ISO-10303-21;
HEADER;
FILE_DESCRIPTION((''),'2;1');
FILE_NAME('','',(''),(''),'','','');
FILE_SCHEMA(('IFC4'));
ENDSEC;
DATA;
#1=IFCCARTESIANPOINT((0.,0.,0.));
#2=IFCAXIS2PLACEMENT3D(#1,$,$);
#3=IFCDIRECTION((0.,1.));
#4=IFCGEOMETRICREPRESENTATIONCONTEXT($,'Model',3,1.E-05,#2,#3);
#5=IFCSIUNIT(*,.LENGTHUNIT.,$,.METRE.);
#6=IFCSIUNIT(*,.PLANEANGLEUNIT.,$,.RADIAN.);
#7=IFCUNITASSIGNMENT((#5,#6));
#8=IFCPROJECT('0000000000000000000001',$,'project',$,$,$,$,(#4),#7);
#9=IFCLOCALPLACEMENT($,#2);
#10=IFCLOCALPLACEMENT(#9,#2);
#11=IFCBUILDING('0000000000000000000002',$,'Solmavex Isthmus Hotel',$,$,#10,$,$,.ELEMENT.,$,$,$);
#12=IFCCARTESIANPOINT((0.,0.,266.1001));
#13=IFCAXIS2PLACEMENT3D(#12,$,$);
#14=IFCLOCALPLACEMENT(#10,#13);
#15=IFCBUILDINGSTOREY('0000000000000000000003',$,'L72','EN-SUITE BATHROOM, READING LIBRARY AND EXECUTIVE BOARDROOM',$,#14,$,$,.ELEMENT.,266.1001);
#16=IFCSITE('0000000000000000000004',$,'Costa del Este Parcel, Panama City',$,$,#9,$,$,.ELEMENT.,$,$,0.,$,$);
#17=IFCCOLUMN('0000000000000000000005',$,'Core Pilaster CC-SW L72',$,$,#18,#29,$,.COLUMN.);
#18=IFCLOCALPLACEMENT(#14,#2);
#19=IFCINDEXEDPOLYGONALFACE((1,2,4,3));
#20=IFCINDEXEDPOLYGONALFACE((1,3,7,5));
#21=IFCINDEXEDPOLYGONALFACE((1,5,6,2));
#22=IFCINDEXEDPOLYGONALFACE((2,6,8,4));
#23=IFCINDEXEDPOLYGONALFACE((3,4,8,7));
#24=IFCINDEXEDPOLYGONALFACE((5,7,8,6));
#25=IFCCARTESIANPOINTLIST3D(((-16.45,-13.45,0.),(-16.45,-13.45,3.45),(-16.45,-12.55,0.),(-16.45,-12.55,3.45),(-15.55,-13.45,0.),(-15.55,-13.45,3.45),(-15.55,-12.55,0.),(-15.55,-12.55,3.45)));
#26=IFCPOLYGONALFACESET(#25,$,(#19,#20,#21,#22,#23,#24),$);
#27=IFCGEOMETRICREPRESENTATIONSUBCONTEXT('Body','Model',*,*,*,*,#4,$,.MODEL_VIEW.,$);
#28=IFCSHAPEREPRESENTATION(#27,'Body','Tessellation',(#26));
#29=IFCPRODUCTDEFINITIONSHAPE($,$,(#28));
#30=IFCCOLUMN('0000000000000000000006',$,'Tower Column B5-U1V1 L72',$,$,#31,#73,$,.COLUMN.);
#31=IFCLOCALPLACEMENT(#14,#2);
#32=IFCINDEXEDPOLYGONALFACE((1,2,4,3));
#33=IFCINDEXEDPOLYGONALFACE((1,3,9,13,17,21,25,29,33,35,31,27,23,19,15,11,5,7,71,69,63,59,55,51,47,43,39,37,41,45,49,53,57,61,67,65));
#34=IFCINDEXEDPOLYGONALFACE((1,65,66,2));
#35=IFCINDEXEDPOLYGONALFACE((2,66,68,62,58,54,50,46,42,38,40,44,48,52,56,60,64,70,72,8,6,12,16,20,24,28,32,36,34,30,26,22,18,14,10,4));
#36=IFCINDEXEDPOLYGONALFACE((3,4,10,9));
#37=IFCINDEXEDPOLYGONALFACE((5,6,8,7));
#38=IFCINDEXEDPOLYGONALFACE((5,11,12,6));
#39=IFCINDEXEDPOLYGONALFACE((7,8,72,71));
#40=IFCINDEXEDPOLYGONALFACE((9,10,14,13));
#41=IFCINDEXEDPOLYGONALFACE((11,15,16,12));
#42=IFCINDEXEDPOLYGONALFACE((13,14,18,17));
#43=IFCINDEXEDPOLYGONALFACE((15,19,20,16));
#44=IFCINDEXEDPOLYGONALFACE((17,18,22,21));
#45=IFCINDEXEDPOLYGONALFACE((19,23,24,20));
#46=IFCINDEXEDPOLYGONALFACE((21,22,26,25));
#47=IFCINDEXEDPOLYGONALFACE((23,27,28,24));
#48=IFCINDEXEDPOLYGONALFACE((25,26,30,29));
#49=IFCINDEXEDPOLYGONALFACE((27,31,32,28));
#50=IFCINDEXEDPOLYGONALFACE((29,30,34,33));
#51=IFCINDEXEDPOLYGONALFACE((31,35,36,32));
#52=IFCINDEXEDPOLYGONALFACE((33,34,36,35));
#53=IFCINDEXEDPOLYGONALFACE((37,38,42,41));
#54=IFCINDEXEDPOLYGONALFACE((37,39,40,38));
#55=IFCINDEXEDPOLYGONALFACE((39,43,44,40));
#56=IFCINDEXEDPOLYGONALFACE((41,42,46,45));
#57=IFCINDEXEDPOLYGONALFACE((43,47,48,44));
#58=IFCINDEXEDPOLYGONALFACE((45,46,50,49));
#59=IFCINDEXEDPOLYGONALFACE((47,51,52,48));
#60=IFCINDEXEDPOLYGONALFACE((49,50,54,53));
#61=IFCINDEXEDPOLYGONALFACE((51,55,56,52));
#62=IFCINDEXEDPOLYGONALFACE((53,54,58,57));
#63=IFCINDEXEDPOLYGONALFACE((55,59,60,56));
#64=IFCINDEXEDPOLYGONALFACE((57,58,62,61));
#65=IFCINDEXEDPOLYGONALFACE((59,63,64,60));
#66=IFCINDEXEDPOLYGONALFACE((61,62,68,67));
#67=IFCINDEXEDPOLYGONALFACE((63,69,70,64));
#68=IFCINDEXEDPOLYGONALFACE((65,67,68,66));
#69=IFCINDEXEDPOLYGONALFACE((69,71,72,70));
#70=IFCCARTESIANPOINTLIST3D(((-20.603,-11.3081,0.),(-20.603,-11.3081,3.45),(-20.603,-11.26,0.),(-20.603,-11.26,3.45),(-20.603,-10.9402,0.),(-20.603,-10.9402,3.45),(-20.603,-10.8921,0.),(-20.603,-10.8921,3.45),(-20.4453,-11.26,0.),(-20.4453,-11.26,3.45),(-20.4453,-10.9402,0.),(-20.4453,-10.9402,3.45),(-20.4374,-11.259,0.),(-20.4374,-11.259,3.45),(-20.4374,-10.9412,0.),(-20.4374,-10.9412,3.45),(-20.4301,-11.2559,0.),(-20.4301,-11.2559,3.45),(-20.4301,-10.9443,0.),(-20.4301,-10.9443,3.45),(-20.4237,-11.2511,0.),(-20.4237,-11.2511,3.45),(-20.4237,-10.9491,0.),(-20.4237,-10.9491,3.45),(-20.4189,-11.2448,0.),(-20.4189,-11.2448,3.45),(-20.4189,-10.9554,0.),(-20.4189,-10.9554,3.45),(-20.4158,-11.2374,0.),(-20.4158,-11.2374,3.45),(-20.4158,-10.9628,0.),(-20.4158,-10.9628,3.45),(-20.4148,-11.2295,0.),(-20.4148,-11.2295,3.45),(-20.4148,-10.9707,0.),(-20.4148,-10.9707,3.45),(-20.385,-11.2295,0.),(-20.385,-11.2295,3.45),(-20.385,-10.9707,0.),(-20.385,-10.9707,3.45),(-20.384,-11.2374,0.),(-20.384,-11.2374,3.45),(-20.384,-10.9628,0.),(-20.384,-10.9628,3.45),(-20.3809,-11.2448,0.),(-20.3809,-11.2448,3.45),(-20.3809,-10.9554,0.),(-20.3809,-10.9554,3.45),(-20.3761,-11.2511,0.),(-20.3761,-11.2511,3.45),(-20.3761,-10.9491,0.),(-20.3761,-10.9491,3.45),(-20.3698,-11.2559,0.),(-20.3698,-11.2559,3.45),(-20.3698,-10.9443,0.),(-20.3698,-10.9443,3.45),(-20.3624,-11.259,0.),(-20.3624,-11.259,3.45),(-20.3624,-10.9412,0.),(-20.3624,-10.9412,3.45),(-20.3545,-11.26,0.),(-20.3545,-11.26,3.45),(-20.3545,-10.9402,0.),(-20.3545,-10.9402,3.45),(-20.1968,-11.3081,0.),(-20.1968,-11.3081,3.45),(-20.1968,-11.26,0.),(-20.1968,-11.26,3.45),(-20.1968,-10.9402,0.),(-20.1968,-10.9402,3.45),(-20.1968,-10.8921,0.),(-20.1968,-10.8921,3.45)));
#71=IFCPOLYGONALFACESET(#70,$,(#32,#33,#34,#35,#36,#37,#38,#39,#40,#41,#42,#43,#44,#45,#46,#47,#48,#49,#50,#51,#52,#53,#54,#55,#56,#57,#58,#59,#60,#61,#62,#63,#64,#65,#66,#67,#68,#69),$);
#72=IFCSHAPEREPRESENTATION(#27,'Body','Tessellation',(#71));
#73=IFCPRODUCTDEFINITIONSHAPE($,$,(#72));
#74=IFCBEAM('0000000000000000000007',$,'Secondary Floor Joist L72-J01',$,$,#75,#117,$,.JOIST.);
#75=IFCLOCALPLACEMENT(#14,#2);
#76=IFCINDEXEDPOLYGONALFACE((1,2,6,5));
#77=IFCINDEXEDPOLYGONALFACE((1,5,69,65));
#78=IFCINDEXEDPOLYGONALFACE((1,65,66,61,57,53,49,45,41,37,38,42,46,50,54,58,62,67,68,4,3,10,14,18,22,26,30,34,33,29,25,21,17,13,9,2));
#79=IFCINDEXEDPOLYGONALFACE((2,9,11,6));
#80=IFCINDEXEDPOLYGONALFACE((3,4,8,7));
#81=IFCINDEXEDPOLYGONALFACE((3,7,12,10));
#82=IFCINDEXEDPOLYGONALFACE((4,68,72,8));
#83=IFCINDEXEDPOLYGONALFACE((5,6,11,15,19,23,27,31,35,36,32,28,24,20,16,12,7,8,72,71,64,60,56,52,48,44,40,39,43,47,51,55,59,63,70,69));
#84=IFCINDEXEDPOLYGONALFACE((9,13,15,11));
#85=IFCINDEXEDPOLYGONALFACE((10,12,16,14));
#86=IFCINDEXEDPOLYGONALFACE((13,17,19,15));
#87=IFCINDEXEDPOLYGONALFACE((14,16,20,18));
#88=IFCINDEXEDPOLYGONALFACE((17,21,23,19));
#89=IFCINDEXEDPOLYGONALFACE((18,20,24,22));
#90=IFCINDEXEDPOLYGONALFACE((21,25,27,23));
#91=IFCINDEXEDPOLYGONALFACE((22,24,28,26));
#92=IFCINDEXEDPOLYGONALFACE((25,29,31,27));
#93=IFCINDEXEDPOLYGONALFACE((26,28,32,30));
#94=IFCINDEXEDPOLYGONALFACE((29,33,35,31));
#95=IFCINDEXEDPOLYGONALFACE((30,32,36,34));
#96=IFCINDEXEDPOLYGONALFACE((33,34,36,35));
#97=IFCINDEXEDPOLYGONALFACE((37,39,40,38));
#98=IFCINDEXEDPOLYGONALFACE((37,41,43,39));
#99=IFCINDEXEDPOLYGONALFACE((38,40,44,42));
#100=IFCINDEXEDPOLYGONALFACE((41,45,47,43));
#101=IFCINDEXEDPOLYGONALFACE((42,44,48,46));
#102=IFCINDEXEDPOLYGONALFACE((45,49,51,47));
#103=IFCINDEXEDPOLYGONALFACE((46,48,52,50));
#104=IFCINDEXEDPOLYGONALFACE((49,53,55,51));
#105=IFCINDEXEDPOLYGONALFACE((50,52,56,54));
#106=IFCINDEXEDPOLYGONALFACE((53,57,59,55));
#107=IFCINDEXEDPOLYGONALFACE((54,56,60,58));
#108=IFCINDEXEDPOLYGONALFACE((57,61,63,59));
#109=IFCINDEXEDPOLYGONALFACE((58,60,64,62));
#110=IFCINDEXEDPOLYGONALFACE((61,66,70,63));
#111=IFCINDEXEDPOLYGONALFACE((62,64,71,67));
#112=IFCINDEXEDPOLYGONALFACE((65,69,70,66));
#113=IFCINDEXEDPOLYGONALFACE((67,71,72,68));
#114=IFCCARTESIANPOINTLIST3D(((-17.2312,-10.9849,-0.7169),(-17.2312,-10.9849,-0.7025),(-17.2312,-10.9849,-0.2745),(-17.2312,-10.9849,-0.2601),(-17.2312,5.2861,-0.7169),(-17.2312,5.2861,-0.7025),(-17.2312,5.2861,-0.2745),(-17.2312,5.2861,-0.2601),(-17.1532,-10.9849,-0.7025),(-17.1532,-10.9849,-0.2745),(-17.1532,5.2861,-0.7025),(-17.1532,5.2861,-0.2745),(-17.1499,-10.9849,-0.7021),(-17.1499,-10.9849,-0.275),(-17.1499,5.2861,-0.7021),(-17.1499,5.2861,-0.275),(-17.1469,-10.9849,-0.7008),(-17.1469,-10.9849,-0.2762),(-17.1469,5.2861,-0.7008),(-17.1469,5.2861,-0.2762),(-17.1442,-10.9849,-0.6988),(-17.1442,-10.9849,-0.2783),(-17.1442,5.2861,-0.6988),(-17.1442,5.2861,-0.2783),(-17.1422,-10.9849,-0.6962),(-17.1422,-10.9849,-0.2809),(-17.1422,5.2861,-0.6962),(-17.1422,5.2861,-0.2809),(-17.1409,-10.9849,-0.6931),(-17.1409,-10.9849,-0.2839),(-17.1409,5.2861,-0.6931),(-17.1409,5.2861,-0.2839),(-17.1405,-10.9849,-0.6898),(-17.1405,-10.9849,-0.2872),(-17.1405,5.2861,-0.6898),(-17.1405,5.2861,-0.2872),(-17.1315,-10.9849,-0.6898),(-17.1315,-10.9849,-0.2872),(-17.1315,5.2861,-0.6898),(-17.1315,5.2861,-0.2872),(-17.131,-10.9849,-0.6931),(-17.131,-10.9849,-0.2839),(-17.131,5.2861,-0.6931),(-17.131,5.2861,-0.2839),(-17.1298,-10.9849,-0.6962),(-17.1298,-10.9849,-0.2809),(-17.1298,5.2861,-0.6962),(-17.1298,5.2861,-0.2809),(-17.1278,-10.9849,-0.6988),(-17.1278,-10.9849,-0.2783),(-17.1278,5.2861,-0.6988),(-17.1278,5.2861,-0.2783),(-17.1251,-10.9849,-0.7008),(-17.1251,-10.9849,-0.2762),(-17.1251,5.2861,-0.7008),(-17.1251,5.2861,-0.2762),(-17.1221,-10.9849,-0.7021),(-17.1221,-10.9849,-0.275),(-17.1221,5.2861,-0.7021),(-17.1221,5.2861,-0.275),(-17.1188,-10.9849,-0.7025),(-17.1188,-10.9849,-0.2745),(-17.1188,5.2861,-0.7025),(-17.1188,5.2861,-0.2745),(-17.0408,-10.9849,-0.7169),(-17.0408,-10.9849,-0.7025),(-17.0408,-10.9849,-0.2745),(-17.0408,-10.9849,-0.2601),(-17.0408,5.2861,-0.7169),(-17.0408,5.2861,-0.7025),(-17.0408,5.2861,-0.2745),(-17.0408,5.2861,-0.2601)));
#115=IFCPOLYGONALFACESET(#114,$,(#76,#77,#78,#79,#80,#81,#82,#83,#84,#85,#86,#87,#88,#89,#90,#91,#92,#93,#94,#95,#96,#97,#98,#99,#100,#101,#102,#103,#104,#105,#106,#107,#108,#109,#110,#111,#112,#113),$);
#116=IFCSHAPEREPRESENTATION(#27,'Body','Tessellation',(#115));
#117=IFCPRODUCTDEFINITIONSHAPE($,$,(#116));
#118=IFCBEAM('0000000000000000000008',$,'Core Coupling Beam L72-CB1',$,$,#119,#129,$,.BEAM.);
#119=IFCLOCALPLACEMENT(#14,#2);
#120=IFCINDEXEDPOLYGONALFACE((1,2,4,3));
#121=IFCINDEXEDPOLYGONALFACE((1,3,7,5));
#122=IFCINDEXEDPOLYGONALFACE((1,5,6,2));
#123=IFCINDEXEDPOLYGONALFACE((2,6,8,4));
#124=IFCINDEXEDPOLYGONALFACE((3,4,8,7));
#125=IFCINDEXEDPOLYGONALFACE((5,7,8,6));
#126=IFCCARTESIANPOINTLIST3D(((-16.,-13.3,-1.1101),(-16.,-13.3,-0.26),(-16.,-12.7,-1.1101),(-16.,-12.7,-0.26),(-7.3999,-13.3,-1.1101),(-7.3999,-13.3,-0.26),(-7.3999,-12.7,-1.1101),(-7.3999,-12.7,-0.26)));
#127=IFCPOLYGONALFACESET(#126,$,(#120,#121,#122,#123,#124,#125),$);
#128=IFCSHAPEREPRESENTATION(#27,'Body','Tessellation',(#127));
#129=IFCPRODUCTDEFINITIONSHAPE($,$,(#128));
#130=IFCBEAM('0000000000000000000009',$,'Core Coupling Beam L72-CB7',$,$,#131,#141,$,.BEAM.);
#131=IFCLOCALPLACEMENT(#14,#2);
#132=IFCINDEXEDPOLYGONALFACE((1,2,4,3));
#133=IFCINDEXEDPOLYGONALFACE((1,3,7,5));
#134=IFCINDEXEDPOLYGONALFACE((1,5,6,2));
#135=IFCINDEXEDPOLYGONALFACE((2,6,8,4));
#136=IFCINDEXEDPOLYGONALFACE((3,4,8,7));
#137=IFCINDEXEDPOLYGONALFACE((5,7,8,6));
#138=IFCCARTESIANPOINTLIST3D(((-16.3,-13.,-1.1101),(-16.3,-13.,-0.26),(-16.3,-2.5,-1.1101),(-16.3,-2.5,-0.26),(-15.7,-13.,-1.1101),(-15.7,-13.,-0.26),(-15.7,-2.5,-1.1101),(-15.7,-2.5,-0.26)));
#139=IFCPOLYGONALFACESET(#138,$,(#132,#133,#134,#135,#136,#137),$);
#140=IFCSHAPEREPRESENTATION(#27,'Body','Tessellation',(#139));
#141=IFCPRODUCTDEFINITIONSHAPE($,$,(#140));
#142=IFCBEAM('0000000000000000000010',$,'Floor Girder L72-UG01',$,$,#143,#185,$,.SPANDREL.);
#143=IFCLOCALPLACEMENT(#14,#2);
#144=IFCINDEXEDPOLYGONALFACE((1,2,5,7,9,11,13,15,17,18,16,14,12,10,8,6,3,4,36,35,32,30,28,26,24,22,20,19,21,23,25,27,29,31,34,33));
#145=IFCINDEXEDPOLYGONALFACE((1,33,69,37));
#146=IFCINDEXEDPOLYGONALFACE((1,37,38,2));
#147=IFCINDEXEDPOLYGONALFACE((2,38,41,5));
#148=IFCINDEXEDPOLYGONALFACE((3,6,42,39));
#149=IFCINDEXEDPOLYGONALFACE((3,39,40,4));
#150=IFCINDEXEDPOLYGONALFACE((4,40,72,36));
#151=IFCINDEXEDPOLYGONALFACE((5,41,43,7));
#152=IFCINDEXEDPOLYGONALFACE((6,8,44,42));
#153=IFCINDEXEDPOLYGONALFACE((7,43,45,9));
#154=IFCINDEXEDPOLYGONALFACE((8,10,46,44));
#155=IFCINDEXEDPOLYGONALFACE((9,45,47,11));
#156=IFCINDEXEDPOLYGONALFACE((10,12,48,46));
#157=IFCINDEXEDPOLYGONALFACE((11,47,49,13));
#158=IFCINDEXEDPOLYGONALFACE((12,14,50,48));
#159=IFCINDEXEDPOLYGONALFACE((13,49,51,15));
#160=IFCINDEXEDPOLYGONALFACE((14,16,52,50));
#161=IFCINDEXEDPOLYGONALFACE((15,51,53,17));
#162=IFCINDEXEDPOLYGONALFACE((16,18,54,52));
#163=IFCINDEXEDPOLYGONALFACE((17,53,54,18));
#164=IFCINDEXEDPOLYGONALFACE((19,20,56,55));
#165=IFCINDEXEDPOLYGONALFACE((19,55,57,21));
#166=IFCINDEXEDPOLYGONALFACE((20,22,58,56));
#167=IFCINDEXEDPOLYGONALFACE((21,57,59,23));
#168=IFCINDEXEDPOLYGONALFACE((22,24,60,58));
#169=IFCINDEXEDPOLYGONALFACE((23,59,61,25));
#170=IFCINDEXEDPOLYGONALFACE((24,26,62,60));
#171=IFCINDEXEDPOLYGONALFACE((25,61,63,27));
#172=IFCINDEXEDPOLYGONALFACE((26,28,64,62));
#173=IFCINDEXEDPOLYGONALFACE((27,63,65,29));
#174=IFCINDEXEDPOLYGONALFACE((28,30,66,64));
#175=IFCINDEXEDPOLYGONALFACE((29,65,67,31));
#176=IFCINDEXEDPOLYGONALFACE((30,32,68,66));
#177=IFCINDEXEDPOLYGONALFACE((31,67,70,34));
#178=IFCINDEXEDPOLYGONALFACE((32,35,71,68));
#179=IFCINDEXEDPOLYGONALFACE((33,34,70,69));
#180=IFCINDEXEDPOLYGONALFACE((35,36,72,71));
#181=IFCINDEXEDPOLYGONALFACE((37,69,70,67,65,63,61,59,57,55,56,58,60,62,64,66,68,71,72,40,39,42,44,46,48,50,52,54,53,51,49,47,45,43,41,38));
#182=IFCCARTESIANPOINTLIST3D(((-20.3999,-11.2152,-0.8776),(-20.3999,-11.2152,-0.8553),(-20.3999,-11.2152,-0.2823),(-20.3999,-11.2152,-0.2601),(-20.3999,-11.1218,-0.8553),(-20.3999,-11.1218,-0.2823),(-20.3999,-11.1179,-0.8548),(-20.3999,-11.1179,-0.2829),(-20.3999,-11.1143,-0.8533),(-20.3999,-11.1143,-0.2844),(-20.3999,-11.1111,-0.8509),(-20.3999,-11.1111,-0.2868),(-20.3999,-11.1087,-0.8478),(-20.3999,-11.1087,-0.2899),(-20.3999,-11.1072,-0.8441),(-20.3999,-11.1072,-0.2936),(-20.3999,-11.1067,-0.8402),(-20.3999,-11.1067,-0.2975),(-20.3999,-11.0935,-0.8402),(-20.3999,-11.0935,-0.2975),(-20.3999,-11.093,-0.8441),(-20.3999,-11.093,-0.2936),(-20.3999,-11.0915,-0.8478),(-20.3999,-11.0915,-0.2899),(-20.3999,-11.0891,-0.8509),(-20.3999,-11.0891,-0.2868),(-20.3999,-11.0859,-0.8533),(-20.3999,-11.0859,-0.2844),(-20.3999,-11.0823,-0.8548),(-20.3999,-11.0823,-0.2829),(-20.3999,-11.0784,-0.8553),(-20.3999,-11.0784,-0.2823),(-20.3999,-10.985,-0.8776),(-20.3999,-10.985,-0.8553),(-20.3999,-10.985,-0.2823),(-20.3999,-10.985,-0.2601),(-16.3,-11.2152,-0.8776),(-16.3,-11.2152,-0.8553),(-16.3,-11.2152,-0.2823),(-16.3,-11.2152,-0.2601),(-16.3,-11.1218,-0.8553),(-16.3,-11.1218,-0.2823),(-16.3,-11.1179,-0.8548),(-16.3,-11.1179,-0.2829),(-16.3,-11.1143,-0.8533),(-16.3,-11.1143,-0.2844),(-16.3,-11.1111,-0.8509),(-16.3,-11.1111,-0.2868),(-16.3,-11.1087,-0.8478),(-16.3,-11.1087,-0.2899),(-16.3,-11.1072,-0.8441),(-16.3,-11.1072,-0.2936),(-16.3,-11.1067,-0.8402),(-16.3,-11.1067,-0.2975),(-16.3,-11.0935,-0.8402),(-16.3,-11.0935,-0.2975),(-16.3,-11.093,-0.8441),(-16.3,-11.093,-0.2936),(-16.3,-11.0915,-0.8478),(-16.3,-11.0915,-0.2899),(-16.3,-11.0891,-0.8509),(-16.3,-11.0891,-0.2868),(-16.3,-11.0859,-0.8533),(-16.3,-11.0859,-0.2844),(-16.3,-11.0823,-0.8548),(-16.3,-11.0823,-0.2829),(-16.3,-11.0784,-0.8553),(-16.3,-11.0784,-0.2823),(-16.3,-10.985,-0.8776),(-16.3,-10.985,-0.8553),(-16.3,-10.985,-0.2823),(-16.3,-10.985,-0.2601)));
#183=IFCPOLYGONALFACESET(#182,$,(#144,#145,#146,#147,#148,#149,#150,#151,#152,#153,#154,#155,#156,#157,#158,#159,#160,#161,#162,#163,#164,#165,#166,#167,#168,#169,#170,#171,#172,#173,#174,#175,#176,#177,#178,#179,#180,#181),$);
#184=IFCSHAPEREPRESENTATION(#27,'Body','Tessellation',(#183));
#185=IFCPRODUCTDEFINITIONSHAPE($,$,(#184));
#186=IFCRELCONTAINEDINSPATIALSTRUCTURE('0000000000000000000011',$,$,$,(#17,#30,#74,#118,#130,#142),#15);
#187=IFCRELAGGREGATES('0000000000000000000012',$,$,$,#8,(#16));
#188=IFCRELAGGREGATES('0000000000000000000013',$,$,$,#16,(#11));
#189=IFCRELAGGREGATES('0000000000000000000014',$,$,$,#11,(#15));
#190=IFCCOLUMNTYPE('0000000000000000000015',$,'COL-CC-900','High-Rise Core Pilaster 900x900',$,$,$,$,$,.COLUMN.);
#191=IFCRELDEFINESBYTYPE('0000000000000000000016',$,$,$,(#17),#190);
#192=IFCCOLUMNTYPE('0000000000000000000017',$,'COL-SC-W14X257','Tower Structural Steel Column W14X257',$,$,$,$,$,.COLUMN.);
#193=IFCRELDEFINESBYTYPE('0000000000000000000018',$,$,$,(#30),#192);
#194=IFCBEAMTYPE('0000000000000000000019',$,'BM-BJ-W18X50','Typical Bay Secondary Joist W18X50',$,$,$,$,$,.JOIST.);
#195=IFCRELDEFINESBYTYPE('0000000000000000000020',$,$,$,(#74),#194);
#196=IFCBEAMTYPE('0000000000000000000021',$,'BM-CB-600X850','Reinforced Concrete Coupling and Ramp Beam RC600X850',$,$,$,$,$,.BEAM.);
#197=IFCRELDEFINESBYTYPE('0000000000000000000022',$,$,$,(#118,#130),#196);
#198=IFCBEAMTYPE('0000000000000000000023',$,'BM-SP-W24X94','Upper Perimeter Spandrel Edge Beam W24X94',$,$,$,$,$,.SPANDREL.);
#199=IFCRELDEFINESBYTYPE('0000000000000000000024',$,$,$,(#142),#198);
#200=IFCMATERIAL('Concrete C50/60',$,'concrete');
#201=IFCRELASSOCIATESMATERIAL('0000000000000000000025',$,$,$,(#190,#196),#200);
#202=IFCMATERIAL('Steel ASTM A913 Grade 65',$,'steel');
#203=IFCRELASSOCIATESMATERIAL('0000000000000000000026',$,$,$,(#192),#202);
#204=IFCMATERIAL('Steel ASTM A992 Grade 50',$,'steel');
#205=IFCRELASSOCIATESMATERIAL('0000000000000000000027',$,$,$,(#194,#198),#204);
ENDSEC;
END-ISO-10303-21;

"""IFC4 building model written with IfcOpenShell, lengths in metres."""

from ifc_helpers import new_model, si_unit, direction, frame, origin, origin_2d, place, context, subcontext, project, spatial, rectangle, i_section, extrude, material, material_profile, profile_set, type_object, element, save


model = new_model("IFC4")

# Units and contexts
model_context = context("Model", 3, precision=1e-05, world=origin(), true_north=direction((0.0, 1.0)))
body_context = subcontext(model_context, "Body", "Model", "MODEL_VIEW")
ifc_project = project(units=[si_unit("LENGTHUNIT", "METRE"), si_unit("PLANEANGLEUNIT", "RADIAN")], contexts=[model_context])

# Site, building, storey
site_placement = place(None, origin())
site = spatial("IfcSite", under=ifc_project, at=site_placement, Name="Costa del Este Parcel, Panama City", CompositionType="ELEMENT", RefElevation=0.0)
building_placement = place(site_placement, origin())
building = spatial("IfcBuilding", under=site, at=building_placement, Name="Solmavex Isthmus Hotel", CompositionType="ELEMENT")
storey_placement = place(building_placement, frame((0.0, 0.0, 266.1001)))
storey = spatial("IfcBuildingStorey", under=building, at=storey_placement, Name="L72", Description="EN-SUITE BATHROOM, READING LIBRARY AND EXECUTIVE BOARDROOM", CompositionType="ELEMENT", Elevation=266.1001)

# Columns
ifc_material_1 = material(Name="Concrete C50/60", Category="concrete")
ifc_material_profile_1 = material_profile(ifc_material_1, rectangle(XDim=0.8999, YDim=0.8999, at=origin_2d()), Name="RC900X900")
ifc_profile_set_1 = profile_set([ifc_material_profile_1], Name="Concrete C50/60")
column_type_1 = type_object("IfcColumnType", Name="COL-CC-900", Description="High-Rise Core Pilaster 900x900", PredefinedType="COLUMN", material=ifc_profile_set_1)
column_1_placement = place(storey_placement, frame((-16.0, -13.0, 0.0), z_axis=(0.0, 0.0, 1.0), x_axis=(1.0, 0.0, 0.0)))
element("IfcColumn", 1, at=column_1_placement, inside=storey, type_object=column_type_1, Name="Core Pilaster CC-SW L72", PredefinedType="COLUMN", context=body_context, shape_type="SweptSolid", body=[
    extrude(rectangle(XDim=0.8999, YDim=0.8999, at=origin_2d()), origin(), (0.0, 0.0, 1.0), 3.45),
])
ifc_material_2 = material(Name="Steel ASTM A913 Grade 65", Category="steel")
ifc_material_profile_2 = material_profile(ifc_material_2, i_section(OverallWidth=0.4062, OverallDepth=0.416, WebThickness=0.0298, FlangeThickness=0.0481, FilletRadius=0.0305, at=origin_2d()), Name="W14X257")
ifc_profile_set_2 = profile_set([ifc_material_profile_2], Name="Steel ASTM A913 Grade 65")
column_type_2 = type_object("IfcColumnType", Name="COL-SC-W14X257", Description="Tower Structural Steel Column W14X257", PredefinedType="COLUMN", material=ifc_profile_set_2)
column_2_placement = place(storey_placement, frame((-20.3999, -11.1001, 0.0), z_axis=(0.0, 0.0, 1.0), x_axis=(1.0, 0.0, 0.0)))
element("IfcColumn", 2, at=column_2_placement, inside=storey, type_object=column_type_2, Name="Tower Column B5-U1V1 L72", PredefinedType="COLUMN", context=body_context, shape_type="SweptSolid", body=[
    extrude(i_section(OverallWidth=0.4062, OverallDepth=0.416, WebThickness=0.0298, FlangeThickness=0.0481, FilletRadius=0.0305, at=origin_2d()), origin(), (0.0, 0.0, 1.0), 3.45),
])

# Beams
ifc_material_3 = material(Name="Steel ASTM A992 Grade 50", Category="steel")
ifc_material_profile_3 = material_profile(ifc_material_3, i_section(OverallWidth=0.1904, OverallDepth=0.4568, WebThickness=0.009, FlangeThickness=0.0144, FilletRadius=0.0127, at=origin_2d()), Name="W18X50")
ifc_profile_set_3 = profile_set([ifc_material_profile_3], Name="Steel ASTM A992 Grade 50")
beam_type_1 = type_object("IfcBeamType", Name="BM-BJ-W18X50", Description="Typical Bay Secondary Joist W18X50", PredefinedType="JOIST", material=ifc_profile_set_3)
beam_1_placement = place(storey_placement, frame((-17.136, -10.9849, -0.4885), z_axis=(0.0, 1.0, 0.0), x_axis=(-1.0, 0.0, 0.0)))
element("IfcBeam", 3, at=beam_1_placement, inside=storey, type_object=beam_type_1, Name="Secondary Floor Joist L72-J01", PredefinedType="JOIST", context=body_context, shape_type="SweptSolid", body=[
    extrude(i_section(OverallWidth=0.1904, OverallDepth=0.4568, WebThickness=0.009, FlangeThickness=0.0144, FilletRadius=0.0127, at=origin_2d()), origin(), (0.0, 0.0, 1.0), 16.271),
])
ifc_material_profile_4 = material_profile(ifc_material_1, rectangle(XDim=0.6001, YDim=0.8501, at=origin_2d()), Name="RC600X850")
ifc_profile_set_4 = profile_set([ifc_material_profile_4], Name="Concrete C50/60")
beam_type_2 = type_object("IfcBeamType", Name="BM-CB-600X850", Description="Reinforced Concrete Coupling and Ramp Beam RC600X850", PredefinedType="BEAM", material=ifc_profile_set_4)
beam_2_placement = place(storey_placement, frame((-16.0, -13.0, -0.6851), z_axis=(1.0, 0.0, 0.0), x_axis=(0.0, 1.0, 0.0)))
element("IfcBeam", 4, at=beam_2_placement, inside=storey, type_object=beam_type_2, Name="Core Coupling Beam L72-CB1", PredefinedType="BEAM", context=body_context, shape_type="SweptSolid", body=[
    extrude(rectangle(XDim=0.6001, YDim=0.8501, at=origin_2d()), origin(), (0.0, 0.0, 1.0), 8.6001),
])
beam_3_placement = place(storey_placement, frame((-16.0, -13.0, -0.6851), z_axis=(0.0, 1.0, 0.0), x_axis=(-1.0, 0.0, 0.0)))
element("IfcBeam", 5, at=beam_3_placement, inside=storey, type_object=beam_type_2, Name="Core Coupling Beam L72-CB7", PredefinedType="BEAM", context=body_context, shape_type="SweptSolid", body=[
    extrude(rectangle(XDim=0.6001, YDim=0.8501, at=origin_2d()), origin(), (0.0, 0.0, 1.0), 10.5),
])
ifc_material_profile_5 = material_profile(ifc_material_3, i_section(OverallWidth=0.2302, OverallDepth=0.6174, WebThickness=0.0132, FlangeThickness=0.0222, FilletRadius=0.0151, at=origin_2d()), Name="W24X94")
ifc_profile_set_5 = profile_set([ifc_material_profile_5], Name="Steel ASTM A992 Grade 50")
beam_type_3 = type_object("IfcBeamType", Name="BM-SP-W24X94", Description="Upper Perimeter Spandrel Edge Beam W24X94", PredefinedType="SPANDREL", material=ifc_profile_set_5)
beam_4_placement = place(storey_placement, frame((-20.3999, -11.1001, -0.5688), z_axis=(1.0, 0.0, 0.0), x_axis=(0.0, 1.0, 0.0)))
element("IfcBeam", 6, at=beam_4_placement, inside=storey, type_object=beam_type_3, Name="Floor Girder L72-UG01", PredefinedType="SPANDREL", context=body_context, shape_type="SweptSolid", body=[
    extrude(i_section(OverallWidth=0.2302, OverallDepth=0.6174, WebThickness=0.0132, FlangeThickness=0.0222, FilletRadius=0.0151, at=origin_2d()), origin(), (0.0, 0.0, 1.0), 4.0999),
])

save(model, "model.ifc")
